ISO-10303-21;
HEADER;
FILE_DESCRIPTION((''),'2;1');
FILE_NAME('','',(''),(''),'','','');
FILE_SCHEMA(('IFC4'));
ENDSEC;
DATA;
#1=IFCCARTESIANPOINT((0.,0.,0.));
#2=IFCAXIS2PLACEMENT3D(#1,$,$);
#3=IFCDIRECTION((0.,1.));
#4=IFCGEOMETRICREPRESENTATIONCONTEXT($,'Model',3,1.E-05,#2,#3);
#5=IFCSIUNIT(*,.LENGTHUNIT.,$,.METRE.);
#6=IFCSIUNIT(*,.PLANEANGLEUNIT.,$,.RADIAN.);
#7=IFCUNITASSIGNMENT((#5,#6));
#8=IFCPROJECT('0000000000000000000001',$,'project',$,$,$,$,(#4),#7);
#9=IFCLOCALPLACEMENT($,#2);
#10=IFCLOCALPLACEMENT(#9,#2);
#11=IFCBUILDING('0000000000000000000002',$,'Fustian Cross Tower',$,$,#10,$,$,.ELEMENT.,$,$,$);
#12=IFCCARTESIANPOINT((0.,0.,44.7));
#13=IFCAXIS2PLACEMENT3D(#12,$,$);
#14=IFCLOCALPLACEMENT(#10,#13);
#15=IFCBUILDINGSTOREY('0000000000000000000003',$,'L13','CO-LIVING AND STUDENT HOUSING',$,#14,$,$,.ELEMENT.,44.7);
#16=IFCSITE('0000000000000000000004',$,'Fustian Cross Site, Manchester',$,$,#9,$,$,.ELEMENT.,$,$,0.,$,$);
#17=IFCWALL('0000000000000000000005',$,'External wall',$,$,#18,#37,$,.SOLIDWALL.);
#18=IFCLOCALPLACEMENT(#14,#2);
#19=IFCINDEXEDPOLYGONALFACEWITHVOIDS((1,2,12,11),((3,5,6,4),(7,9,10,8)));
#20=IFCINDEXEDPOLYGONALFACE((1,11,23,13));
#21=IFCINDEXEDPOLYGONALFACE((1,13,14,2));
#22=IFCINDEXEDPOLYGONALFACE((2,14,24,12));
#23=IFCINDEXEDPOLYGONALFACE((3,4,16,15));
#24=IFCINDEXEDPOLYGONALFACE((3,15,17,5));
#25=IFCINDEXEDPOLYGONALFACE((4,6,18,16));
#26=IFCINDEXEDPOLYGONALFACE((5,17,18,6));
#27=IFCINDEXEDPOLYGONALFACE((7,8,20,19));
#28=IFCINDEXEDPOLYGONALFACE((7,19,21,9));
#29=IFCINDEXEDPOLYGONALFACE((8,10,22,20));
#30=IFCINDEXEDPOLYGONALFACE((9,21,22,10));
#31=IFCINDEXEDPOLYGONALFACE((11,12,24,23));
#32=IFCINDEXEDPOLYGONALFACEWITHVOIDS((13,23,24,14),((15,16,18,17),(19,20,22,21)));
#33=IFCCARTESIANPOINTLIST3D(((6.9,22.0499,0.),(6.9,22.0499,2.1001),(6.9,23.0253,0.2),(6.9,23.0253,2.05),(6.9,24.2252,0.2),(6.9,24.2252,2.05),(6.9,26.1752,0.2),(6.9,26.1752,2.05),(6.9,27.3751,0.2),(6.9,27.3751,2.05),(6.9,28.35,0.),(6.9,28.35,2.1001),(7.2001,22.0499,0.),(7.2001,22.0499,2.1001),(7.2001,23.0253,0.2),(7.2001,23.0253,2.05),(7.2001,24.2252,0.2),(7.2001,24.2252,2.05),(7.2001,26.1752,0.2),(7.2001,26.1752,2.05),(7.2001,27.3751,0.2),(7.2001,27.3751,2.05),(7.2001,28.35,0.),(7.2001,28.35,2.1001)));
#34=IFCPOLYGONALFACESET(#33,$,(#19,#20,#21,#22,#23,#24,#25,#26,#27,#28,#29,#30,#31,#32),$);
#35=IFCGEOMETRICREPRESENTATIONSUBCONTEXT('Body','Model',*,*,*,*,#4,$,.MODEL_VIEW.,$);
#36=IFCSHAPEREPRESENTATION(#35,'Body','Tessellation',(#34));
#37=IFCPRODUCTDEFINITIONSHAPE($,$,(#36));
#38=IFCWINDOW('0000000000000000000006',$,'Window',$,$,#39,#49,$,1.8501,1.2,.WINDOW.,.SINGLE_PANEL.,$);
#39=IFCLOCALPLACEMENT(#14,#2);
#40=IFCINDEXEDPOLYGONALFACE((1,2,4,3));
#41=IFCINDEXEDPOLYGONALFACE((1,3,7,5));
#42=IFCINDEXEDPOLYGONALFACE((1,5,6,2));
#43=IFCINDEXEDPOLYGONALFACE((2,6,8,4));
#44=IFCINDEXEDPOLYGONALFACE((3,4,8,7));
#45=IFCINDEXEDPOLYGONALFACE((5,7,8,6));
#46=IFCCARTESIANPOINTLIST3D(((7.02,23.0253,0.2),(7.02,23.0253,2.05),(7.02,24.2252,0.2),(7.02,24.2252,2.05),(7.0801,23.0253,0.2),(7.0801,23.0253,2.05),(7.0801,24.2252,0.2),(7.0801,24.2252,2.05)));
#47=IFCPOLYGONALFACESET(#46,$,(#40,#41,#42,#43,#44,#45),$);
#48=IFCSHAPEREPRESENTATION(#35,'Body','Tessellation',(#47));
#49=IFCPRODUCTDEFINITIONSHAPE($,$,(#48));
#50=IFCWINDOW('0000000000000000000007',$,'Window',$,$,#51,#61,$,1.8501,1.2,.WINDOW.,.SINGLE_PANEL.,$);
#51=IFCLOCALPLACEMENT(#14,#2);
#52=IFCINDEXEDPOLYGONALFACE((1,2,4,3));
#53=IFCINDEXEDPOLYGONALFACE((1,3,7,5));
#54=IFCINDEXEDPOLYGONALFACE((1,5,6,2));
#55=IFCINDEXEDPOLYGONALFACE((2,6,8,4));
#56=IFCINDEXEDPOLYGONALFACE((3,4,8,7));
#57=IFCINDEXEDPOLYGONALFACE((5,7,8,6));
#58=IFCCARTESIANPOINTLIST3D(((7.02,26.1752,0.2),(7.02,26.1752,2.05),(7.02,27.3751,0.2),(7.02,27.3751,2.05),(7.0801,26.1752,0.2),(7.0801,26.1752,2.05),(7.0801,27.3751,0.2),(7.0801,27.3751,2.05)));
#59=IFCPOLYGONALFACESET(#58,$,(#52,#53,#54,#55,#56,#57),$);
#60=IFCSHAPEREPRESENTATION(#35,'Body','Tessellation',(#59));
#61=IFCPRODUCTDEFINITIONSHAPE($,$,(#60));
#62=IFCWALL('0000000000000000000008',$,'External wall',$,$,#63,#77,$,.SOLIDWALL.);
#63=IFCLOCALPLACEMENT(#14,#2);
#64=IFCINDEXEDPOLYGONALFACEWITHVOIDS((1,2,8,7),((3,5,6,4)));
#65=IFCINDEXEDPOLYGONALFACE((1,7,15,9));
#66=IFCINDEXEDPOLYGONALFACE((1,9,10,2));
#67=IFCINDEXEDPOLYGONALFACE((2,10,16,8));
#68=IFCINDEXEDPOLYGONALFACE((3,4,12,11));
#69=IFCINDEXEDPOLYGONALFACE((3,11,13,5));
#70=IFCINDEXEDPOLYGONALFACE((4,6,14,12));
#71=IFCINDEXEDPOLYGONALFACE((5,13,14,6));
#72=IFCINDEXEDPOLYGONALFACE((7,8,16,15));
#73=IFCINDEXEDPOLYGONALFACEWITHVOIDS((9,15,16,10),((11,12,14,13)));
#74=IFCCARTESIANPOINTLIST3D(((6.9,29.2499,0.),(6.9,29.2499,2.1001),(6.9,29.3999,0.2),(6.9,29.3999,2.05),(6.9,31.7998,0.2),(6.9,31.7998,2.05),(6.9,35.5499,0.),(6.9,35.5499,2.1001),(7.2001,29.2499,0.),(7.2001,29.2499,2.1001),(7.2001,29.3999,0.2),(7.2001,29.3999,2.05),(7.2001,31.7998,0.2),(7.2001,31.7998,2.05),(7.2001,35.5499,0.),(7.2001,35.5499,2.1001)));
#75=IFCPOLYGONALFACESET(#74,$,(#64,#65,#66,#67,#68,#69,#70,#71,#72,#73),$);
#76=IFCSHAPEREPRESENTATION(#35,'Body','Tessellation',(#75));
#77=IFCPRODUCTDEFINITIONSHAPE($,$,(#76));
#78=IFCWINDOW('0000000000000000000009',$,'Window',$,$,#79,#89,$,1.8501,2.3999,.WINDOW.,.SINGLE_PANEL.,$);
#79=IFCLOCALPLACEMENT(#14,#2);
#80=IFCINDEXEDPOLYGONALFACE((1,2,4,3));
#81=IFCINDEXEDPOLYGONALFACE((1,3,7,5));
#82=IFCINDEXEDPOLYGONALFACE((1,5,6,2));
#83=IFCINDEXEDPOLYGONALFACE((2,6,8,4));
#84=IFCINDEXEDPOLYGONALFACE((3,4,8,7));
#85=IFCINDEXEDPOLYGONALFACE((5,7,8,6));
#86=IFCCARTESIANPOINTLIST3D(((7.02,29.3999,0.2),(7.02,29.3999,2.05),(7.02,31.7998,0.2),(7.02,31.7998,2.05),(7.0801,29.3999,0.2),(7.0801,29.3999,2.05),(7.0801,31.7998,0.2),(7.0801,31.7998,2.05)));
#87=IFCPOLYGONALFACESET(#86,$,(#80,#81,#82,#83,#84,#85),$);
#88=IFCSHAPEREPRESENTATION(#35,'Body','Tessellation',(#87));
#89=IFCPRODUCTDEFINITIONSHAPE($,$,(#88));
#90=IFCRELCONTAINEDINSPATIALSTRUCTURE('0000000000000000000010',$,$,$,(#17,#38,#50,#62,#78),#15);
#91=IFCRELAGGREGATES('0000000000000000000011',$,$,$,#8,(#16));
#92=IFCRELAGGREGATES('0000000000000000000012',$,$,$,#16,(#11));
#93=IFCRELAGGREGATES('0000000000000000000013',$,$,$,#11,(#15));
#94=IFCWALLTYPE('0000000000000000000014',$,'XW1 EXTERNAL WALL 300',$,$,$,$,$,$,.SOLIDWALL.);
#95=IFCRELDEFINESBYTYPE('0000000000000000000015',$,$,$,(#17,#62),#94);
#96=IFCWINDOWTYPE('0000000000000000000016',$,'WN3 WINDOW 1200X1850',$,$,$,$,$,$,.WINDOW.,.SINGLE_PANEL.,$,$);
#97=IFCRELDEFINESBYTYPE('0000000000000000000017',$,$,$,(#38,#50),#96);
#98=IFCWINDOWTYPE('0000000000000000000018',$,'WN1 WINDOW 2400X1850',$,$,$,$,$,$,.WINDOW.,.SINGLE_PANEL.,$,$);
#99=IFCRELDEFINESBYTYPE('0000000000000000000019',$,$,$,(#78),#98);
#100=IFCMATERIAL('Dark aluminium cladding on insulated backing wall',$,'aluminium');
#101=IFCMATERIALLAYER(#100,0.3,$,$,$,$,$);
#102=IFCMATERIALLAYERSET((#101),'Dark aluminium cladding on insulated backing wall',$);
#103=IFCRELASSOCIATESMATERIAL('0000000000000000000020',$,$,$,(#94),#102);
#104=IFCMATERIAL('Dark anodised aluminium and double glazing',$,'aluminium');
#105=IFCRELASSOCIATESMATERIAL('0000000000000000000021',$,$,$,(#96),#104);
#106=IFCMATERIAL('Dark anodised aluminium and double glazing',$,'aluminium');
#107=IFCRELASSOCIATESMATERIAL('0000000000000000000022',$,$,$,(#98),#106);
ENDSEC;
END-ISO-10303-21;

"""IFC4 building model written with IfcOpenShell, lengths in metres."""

from ifc_helpers import new_model, si_unit, direction, frame, frame_2d, origin, place, context, subcontext, project, spatial, rectangle, extrude, material, layer, layer_set, type_object, element, fill, save


model = new_model("IFC4")

# Units and contexts
model_context = context("Model", 3, precision=1e-05, world=origin(), true_north=direction((0.0, 1.0)))
body_context = subcontext(model_context, "Body", "Model", "MODEL_VIEW")
ifc_project = project(units=[si_unit("LENGTHUNIT", "METRE"), si_unit("PLANEANGLEUNIT", "RADIAN")], contexts=[model_context])

# Site, building, storey
site_placement = place(None, origin())
site = spatial("IfcSite", under=ifc_project, at=site_placement, Name="Fustian Cross Site, Manchester", CompositionType="ELEMENT", RefElevation=0.0)
building_placement = place(site_placement, origin())
building = spatial("IfcBuilding", under=site, at=building_placement, Name="Fustian Cross Tower", CompositionType="ELEMENT")
storey_placement = place(building_placement, frame((0.0, 0.0, 44.7)))
storey = spatial("IfcBuildingStorey", under=building, at=storey_placement, Name="L13", Description="CO-LIVING AND STUDENT HOUSING", CompositionType="ELEMENT", Elevation=44.7)

# Shared definitions
ifc_material_1 = material(Name="Dark aluminium cladding on insulated backing wall", Category="aluminium")
ifc_layer_1 = layer(ifc_material_1, 0.3)
ifc_layer_set_1 = layer_set([ifc_layer_1], Name="Dark aluminium cladding on insulated backing wall")
wall_type_1 = type_object("IfcWallType", Name="XW1 EXTERNAL WALL 300", PredefinedType="SOLIDWALL", material=ifc_layer_set_1)
ifc_material_2 = material(Name="Dark anodised aluminium and double glazing", Category="aluminium")
window_type_1 = type_object("IfcWindowType", Name="WN3 WINDOW 1200X1850", PartitioningType="SINGLE_PANEL", PredefinedType="WINDOW", material=ifc_material_2)

# Wall, openings, windows
wall_1_placement = place(storey_placement, frame((7.05, 22.05, 0.0), z_axis=(0.0, 0.0, 1.0), x_axis=(0.0, 1.0, 0.0)))
wall_1 = element("IfcWall", 1, at=wall_1_placement, inside=storey, type_object=wall_type_1, Name="External wall", PredefinedType="SOLIDWALL", context=body_context, shape_type="SweptSolid", body=[
    extrude(rectangle(XDim=6.3, YDim=0.3, at=frame_2d((3.1499, 0.0))), origin(), (0.0, 0.0, 1.0), 2.1001),
])
opening_1_placement = place(wall_1_placement, frame((0.9751, 0.0, 0.2)))
opening_1 = element("IfcOpeningElement", 2, at=opening_1_placement, cuts=wall_1, PredefinedType="OPENING", context=body_context, shape_type="SweptSolid", body=[
    extrude(rectangle(XDim=1.2, YDim=1.8501, at=frame_2d((0.6001, 0.925))), frame((0.0, 0.1599, 0.0), z_axis=(0.0, -1.0, 0.0), x_axis=(1.0, 0.0, 0.0)), (0.0, 0.0, 1.0), 0.3201),
])
opening_2_placement = place(wall_1_placement, frame((4.125, 0.0, 0.2)))
opening_2 = element("IfcOpeningElement", 3, at=opening_2_placement, cuts=wall_1, PredefinedType="OPENING", context=body_context, shape_type="SweptSolid", body=[
    extrude(rectangle(XDim=1.2, YDim=1.8501, at=frame_2d((0.6001, 0.925))), frame((0.0, 0.1599, 0.0), z_axis=(0.0, -1.0, 0.0), x_axis=(1.0, 0.0, 0.0)), (0.0, 0.0, 1.0), 0.3201),
])
window_1_placement = place(opening_1_placement, origin())
window_1 = element("IfcWindow", 4, at=window_1_placement, inside=storey, type_object=window_type_1, Name="Window", OverallHeight=1.8501, OverallWidth=1.2, PartitioningType="SINGLE_PANEL", PredefinedType="WINDOW", context=body_context, shape_type="SweptSolid", body=[
    extrude(rectangle(XDim=1.2, YDim=1.8501, at=frame_2d((0.6001, 0.925))), frame((0.0, 0.03, 0.0), z_axis=(0.0, -1.0, 0.0), x_axis=(1.0, 0.0, 0.0)), (0.0, 0.0, 1.0), 0.0601),
])
fill(opening_1, window_1)
window_2_placement = place(opening_2_placement, origin())
window_2 = element("IfcWindow", 5, at=window_2_placement, inside=storey, type_object=window_type_1, Name="Window", OverallHeight=1.8501, OverallWidth=1.2, PartitioningType="SINGLE_PANEL", PredefinedType="WINDOW", context=body_context, shape_type="SweptSolid", body=[
    extrude(rectangle(XDim=1.2, YDim=1.8501, at=frame_2d((0.6001, 0.925))), frame((0.0, 0.03, 0.0), z_axis=(0.0, -1.0, 0.0), x_axis=(1.0, 0.0, 0.0)), (0.0, 0.0, 1.0), 0.0601),
])
fill(opening_2, window_2)

# Wall, opening, window
wall_2_placement = place(storey_placement, frame((7.05, 29.25, 0.0), z_axis=(0.0, 0.0, 1.0), x_axis=(0.0, 1.0, 0.0)))
wall_2 = element("IfcWall", 6, at=wall_2_placement, inside=storey, type_object=wall_type_1, Name="External wall", PredefinedType="SOLIDWALL", context=body_context, shape_type="SweptSolid", body=[
    extrude(rectangle(XDim=6.3, YDim=0.3, at=frame_2d((3.1499, 0.0))), origin(), (0.0, 0.0, 1.0), 2.1001),
])
opening_3_placement = place(wall_2_placement, frame((0.1499, 0.0, 0.2)))
opening_3 = element("IfcOpeningElement", 7, at=opening_3_placement, cuts=wall_2, PredefinedType="OPENING", context=body_context, shape_type="SweptSolid", body=[
    extrude(rectangle(XDim=2.3999, YDim=1.8501, at=frame_2d((1.2, 0.925))), frame((0.0, 0.1599, 0.0), z_axis=(0.0, -1.0, 0.0), x_axis=(1.0, 0.0, 0.0)), (0.0, 0.0, 1.0), 0.3201),
])
ifc_material_3 = material(Name="Dark anodised aluminium and double glazing", Category="aluminium")
window_type_2 = type_object("IfcWindowType", Name="WN1 WINDOW 2400X1850", PartitioningType="SINGLE_PANEL", PredefinedType="WINDOW", material=ifc_material_3)
window_3_placement = place(opening_3_placement, origin())
window_3 = element("IfcWindow", 8, at=window_3_placement, inside=storey, type_object=window_type_2, Name="Window", OverallHeight=1.8501, OverallWidth=2.3999, PartitioningType="SINGLE_PANEL", PredefinedType="WINDOW", context=body_context, shape_type="SweptSolid", body=[
    extrude(rectangle(XDim=2.3999, YDim=1.8501, at=frame_2d((1.2, 0.925))), frame((0.0, 0.03, 0.0), z_axis=(0.0, -1.0, 0.0), x_axis=(1.0, 0.0, 0.0)), (0.0, 0.0, 1.0), 0.0601),
])
fill(opening_3, window_3)

save(model, "model.ifc")
